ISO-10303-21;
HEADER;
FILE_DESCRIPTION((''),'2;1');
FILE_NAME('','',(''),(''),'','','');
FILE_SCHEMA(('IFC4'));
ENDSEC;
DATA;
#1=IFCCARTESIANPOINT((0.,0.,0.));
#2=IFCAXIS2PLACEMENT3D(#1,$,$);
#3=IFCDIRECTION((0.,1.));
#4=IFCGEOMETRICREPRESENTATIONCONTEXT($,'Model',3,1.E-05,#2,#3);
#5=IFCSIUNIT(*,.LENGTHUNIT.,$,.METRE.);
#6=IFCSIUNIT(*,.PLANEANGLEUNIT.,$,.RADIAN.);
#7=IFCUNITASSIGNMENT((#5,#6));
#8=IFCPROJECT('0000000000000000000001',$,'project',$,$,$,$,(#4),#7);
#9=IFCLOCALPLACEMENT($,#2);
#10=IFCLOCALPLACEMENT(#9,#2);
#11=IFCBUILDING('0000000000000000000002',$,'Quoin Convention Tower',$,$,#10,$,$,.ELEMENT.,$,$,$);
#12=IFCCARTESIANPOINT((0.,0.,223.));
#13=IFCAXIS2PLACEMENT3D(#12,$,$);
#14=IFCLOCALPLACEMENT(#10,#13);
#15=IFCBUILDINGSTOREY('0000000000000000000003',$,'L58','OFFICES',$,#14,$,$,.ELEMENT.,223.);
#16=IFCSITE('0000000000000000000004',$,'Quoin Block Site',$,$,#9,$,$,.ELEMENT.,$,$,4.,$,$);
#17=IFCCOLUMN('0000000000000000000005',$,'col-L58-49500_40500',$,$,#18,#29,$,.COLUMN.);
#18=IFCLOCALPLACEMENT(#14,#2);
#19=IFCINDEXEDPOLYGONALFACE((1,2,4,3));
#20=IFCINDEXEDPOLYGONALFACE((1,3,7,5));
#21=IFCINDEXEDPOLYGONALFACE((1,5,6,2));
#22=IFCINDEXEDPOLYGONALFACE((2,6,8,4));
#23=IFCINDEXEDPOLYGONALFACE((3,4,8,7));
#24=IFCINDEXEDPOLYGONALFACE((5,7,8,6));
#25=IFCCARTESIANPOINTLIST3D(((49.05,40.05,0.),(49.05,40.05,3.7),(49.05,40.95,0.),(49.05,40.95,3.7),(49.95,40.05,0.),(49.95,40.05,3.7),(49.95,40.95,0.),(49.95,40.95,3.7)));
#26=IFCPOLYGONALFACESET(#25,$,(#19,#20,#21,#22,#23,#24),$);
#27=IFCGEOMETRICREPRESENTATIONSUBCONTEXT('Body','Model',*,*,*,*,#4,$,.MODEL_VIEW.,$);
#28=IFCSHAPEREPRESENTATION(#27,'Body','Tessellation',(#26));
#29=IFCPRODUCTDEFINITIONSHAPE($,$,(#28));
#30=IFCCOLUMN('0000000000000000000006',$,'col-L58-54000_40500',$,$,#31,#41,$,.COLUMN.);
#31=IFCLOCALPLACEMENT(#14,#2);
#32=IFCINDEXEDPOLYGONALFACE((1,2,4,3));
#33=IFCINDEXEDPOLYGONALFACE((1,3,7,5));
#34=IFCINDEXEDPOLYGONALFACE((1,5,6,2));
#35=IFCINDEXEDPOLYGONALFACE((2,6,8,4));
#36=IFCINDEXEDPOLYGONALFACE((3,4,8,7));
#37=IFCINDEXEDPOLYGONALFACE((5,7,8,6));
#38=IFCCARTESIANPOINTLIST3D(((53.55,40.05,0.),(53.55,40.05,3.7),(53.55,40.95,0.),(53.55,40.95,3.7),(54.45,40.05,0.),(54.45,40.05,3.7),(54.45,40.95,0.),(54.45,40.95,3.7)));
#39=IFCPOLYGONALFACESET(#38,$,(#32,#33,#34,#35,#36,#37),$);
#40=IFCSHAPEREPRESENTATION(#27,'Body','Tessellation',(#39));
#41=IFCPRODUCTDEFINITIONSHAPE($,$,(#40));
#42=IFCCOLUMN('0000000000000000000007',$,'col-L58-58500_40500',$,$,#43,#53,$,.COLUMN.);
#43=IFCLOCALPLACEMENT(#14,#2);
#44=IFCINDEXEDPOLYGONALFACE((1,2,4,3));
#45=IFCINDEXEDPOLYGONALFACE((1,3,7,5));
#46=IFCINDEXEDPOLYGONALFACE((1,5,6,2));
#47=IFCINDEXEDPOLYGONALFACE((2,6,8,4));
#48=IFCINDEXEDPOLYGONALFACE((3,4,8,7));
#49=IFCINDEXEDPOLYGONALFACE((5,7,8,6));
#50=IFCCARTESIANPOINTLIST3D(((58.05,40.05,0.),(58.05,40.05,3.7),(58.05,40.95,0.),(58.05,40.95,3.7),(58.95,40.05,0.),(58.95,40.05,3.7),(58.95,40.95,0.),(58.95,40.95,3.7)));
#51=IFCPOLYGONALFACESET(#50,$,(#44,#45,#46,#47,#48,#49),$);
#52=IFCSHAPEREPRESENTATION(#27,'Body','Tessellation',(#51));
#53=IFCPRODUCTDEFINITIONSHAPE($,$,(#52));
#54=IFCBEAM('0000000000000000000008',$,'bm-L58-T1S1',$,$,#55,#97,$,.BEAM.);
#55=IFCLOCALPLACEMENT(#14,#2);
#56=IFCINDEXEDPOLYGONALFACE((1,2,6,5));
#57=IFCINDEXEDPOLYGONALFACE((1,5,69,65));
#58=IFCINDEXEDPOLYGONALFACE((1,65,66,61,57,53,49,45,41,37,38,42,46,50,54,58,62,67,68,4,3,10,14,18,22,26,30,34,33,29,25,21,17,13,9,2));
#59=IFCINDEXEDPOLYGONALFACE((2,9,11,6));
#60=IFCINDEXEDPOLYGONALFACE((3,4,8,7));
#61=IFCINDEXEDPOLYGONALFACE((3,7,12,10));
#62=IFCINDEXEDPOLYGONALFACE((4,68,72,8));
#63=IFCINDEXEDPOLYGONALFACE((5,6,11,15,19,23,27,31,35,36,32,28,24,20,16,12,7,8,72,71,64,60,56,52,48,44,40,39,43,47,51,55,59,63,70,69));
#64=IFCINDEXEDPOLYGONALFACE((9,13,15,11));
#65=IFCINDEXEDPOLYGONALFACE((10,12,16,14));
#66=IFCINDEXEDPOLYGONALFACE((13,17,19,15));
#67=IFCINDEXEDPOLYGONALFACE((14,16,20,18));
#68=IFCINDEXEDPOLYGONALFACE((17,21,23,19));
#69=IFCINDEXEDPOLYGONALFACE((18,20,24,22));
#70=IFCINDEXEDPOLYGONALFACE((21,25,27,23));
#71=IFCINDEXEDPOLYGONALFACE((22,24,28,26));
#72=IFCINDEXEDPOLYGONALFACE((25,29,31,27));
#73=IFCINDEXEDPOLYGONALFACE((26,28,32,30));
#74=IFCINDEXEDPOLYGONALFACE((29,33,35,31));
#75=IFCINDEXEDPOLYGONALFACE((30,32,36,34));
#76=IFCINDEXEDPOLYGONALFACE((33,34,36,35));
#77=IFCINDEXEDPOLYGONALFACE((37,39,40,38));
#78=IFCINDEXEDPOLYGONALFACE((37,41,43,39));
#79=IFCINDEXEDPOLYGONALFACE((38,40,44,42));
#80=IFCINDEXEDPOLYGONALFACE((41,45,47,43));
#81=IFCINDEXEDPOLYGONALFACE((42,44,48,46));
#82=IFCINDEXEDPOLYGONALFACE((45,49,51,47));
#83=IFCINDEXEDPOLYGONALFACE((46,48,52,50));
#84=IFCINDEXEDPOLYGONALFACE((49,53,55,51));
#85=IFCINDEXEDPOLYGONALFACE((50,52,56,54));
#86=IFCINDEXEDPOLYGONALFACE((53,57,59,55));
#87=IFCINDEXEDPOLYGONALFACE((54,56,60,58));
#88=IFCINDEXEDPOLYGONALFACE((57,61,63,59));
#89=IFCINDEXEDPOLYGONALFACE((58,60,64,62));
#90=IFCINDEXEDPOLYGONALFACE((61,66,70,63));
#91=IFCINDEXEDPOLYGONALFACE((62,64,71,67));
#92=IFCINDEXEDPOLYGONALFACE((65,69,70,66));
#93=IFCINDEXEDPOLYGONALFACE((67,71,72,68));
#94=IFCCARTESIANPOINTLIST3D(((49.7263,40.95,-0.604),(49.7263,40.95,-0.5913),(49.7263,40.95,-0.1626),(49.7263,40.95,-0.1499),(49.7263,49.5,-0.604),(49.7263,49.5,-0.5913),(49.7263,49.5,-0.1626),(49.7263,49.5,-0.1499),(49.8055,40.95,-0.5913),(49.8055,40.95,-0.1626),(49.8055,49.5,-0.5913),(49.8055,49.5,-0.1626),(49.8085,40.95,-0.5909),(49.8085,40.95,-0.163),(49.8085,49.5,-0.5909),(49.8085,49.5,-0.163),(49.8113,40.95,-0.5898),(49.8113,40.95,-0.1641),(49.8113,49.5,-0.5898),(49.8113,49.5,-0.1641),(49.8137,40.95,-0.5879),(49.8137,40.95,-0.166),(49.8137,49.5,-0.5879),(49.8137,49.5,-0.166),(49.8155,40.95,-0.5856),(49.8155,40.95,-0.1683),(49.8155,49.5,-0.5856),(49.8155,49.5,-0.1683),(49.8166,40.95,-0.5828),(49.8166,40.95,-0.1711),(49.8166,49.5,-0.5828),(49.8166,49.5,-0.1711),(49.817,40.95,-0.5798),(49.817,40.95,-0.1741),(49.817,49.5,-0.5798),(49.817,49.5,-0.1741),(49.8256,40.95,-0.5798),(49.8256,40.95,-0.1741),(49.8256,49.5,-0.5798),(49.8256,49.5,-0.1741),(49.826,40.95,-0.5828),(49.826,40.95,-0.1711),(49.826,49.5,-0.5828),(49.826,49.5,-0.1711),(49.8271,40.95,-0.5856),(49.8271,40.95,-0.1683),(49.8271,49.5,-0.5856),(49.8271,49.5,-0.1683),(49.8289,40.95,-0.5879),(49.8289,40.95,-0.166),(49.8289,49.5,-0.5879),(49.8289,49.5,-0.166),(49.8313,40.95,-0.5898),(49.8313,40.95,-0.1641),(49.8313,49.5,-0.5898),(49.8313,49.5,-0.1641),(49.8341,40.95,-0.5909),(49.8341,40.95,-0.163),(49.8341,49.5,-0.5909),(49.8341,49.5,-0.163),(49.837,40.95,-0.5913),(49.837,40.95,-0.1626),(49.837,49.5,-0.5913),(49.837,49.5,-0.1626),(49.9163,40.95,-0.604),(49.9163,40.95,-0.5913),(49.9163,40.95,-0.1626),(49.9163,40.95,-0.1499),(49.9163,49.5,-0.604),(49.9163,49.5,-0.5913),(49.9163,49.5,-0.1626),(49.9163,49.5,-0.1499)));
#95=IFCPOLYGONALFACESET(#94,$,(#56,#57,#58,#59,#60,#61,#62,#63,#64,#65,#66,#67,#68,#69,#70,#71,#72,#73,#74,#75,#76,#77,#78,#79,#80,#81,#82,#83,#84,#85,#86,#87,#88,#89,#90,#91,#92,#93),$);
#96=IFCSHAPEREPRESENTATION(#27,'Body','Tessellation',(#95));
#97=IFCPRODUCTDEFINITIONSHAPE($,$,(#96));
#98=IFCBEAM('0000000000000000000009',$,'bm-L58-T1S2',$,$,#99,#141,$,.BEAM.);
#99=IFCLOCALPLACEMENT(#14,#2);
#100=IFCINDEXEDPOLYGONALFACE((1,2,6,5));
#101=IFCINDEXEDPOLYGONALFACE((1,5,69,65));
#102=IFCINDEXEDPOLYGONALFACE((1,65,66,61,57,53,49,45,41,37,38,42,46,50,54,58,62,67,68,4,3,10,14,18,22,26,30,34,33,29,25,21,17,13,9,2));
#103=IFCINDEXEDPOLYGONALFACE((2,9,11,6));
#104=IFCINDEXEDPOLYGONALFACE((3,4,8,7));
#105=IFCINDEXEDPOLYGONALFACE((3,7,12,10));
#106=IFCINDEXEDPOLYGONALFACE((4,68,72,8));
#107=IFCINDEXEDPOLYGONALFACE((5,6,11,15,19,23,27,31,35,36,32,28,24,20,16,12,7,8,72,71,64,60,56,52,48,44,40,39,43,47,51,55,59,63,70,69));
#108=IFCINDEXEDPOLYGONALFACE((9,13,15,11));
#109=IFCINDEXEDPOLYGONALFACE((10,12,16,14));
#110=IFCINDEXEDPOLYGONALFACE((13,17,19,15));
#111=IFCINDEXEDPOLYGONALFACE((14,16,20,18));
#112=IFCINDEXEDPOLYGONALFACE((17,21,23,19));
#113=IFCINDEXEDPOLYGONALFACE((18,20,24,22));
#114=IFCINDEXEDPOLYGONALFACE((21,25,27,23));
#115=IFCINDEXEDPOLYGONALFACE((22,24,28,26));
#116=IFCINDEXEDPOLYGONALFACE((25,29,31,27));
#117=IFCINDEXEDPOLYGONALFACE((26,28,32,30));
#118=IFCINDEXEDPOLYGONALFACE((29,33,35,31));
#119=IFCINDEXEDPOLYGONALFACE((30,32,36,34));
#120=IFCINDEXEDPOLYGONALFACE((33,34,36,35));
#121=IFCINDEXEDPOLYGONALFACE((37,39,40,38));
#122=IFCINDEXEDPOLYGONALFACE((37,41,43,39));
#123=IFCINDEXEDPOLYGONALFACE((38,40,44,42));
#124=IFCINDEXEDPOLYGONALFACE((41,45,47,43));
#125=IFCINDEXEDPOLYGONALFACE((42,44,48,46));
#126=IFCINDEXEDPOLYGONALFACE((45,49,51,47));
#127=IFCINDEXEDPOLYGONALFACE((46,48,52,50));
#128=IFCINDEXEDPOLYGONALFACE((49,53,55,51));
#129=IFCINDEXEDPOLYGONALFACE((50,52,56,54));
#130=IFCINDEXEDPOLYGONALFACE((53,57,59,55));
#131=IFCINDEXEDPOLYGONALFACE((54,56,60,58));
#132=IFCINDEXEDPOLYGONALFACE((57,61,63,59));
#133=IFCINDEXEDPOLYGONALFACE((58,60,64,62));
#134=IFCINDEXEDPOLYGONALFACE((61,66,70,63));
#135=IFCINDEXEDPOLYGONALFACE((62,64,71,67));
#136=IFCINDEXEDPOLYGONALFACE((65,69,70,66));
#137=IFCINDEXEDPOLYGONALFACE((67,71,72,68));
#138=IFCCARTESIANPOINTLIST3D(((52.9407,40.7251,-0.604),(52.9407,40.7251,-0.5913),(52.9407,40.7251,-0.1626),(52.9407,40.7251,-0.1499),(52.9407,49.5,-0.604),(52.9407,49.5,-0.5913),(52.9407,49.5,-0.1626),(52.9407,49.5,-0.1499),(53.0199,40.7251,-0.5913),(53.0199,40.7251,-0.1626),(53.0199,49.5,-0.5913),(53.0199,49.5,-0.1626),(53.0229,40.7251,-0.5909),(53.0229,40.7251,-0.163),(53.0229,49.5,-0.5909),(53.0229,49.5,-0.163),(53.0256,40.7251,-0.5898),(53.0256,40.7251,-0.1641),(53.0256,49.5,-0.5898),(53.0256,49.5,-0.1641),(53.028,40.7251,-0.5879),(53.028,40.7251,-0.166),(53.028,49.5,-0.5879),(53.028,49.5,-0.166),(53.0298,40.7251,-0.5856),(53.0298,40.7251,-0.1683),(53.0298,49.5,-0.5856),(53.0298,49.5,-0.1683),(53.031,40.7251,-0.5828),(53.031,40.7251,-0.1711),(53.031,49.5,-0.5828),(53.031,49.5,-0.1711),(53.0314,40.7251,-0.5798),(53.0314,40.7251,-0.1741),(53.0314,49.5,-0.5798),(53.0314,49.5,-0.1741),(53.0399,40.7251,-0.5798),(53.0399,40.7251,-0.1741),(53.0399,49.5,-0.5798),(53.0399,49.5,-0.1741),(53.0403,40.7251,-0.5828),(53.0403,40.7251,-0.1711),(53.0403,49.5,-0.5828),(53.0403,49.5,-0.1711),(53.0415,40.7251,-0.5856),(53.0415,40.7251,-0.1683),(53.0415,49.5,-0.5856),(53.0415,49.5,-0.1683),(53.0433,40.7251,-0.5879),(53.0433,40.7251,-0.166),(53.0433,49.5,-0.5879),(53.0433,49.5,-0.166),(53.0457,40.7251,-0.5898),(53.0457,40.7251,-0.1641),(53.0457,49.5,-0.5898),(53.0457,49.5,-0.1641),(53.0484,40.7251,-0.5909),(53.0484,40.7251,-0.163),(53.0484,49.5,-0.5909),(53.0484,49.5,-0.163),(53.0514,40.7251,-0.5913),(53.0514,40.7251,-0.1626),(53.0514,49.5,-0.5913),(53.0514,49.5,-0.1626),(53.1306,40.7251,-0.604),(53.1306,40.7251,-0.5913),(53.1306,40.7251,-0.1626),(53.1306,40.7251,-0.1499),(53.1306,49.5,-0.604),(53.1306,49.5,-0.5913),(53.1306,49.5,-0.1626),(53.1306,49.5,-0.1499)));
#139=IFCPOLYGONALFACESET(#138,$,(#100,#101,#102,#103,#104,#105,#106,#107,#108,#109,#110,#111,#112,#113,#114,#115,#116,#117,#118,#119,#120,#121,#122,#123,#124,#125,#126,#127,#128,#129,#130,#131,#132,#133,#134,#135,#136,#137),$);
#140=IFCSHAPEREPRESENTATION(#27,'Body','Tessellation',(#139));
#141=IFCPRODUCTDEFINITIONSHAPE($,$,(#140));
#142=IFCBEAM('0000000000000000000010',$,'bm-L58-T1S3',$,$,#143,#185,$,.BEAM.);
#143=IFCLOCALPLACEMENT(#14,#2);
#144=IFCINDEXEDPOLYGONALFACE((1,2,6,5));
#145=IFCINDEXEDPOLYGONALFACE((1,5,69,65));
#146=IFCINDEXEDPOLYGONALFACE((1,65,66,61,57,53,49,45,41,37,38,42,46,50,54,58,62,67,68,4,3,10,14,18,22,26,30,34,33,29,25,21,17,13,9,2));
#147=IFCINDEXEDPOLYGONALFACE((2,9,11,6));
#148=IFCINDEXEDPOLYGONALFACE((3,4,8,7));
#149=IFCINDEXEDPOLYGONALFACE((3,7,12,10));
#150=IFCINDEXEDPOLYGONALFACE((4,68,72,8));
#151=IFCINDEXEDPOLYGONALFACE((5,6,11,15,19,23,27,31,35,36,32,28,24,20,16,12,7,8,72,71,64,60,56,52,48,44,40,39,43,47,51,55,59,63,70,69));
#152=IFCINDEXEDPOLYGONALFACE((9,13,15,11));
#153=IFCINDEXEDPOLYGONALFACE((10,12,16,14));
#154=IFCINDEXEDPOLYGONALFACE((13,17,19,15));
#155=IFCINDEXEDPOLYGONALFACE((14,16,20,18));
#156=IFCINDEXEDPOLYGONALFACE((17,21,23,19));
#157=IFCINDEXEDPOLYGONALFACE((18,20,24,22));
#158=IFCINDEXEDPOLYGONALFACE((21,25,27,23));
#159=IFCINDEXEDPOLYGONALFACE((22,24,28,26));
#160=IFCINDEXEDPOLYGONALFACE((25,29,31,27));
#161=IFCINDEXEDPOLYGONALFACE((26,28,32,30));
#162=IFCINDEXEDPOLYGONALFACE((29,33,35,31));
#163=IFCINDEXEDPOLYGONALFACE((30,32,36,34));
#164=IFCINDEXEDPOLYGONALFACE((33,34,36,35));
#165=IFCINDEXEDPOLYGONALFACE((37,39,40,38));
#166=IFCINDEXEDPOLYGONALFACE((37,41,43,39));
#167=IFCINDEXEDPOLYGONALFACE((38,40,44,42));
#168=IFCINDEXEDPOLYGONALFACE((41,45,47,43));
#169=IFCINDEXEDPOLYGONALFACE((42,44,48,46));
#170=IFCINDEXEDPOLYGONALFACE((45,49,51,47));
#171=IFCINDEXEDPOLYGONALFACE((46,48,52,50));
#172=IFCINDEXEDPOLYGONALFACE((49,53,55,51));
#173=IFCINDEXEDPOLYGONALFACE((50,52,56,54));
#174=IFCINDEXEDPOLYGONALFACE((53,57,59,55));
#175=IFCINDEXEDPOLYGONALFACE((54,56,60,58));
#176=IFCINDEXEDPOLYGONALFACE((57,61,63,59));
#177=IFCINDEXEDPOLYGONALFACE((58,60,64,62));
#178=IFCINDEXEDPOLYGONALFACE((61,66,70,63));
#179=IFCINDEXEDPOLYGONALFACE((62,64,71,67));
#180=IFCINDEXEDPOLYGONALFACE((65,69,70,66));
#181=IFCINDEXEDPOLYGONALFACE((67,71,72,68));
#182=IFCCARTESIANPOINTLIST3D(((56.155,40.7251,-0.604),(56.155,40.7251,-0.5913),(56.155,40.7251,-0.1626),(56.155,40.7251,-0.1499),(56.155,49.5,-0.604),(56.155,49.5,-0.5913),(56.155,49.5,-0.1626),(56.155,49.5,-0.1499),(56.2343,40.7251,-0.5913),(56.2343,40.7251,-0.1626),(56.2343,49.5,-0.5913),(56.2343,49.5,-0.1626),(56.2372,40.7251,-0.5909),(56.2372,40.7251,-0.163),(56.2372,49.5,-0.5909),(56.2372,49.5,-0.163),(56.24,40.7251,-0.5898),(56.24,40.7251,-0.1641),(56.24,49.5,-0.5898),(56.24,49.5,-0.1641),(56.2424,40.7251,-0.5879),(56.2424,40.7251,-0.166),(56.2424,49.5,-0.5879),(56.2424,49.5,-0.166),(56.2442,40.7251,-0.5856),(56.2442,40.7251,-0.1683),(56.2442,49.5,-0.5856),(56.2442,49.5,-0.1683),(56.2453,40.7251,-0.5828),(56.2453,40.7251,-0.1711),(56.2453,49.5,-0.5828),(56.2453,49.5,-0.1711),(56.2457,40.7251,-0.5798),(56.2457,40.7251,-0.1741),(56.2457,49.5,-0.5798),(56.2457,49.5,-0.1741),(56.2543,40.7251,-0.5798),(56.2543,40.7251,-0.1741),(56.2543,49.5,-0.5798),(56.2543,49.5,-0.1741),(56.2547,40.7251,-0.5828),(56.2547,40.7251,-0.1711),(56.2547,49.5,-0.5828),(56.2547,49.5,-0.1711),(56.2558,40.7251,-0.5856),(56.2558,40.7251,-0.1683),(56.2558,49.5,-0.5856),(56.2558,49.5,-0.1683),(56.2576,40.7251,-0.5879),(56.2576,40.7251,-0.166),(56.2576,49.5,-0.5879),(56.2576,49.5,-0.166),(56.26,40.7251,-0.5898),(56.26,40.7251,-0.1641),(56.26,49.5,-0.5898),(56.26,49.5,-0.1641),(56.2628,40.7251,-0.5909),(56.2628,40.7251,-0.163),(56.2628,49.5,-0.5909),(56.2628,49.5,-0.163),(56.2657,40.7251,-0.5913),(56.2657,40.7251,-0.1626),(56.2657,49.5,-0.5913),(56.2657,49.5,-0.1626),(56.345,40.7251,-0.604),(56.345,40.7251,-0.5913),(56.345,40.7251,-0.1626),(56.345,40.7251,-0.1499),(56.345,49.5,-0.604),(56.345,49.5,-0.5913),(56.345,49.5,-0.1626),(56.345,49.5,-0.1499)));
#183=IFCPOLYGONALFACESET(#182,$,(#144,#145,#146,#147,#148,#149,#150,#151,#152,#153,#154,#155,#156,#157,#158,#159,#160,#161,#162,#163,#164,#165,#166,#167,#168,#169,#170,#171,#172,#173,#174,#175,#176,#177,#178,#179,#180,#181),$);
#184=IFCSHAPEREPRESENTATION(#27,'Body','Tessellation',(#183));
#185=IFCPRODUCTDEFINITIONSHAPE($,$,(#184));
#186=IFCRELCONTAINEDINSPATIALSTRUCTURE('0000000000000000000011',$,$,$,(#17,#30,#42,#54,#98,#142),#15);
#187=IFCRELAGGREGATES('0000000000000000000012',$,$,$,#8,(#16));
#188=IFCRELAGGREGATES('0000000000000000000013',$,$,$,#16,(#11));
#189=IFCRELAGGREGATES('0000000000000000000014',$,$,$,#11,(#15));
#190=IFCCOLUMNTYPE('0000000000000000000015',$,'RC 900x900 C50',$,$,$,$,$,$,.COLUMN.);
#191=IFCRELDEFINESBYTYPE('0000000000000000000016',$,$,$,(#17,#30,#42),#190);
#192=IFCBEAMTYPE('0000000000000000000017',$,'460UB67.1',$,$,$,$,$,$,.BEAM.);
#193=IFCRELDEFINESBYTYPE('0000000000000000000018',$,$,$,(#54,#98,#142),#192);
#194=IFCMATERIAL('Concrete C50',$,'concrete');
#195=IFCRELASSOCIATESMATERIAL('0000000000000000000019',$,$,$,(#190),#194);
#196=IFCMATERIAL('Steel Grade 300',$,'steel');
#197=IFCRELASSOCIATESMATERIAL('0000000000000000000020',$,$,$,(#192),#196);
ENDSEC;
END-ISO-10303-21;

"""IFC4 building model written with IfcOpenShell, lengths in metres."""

from ifc_helpers import new_model, si_unit, direction, frame, origin, origin_2d, place, context, subcontext, project, spatial, rectangle, i_section, extrude, material, material_profile, profile_set, type_object, element, save


model = new_model("IFC4")

# Units and contexts
model_context = context("Model", 3, precision=1e-05, world=origin(), true_north=direction((0.0, 1.0)))
body_context = subcontext(model_context, "Body", "Model", "MODEL_VIEW")
ifc_project = project(units=[si_unit("LENGTHUNIT", "METRE"), si_unit("PLANEANGLEUNIT", "RADIAN")], contexts=[model_context])

# Site, building, storey
site_placement = place(None, origin())
site = spatial("IfcSite", under=ifc_project, at=site_placement, Name="Quoin Block Site", CompositionType="ELEMENT", RefElevation=4.0)
building_placement = place(site_placement, origin())
building = spatial("IfcBuilding", under=site, at=building_placement, Name="Quoin Convention Tower", CompositionType="ELEMENT")
storey_placement = place(building_placement, frame((0.0, 0.0, 223.0)))
storey = spatial("IfcBuildingStorey", under=building, at=storey_placement, Name="L58", Description="OFFICES", CompositionType="ELEMENT", Elevation=223.0)

# Columns
ifc_material_1 = material(Name="Concrete C50", Category="concrete")
ifc_material_profile_1 = material_profile(ifc_material_1, rectangle(XDim=0.8999, YDim=0.8999, at=origin_2d()), Name="RC 900x900")
ifc_profile_set_1 = profile_set([ifc_material_profile_1], Name="Concrete C50")
column_type = type_object("IfcColumnType", Name="RC 900x900 C50", PredefinedType="COLUMN", material=ifc_profile_set_1)
for number, where, z_axis, x_axis, name in (
    (1, (49.5, 40.5, 0.0), (0.0, 0.0, 1.0), (1.0, 0.0, 0.0), "col-L58-49500_40500"),
    (2, (54.0, 40.5, 0.0), (0.0, 0.0, 1.0), (1.0, 0.0, 0.0), "col-L58-54000_40500"),
    (3, (58.5, 40.5, 0.0), (0.0, 0.0, 1.0), (1.0, 0.0, 0.0), "col-L58-58500_40500"),
):
    element("IfcColumn", number, at=place(storey_placement, frame(where, z_axis=z_axis, x_axis=x_axis)), inside=storey, type_object=column_type, Name=name, PredefinedType="COLUMN", context=body_context, shape_type="SweptSolid", body=[
        extrude(rectangle(XDim=0.8999, YDim=0.8999, at=origin_2d()), origin(), (0.0, 0.0, 1.0), 3.7),
    ])

# Beams
ifc_material_2 = material(Name="Steel Grade 300", Category="steel")
ifc_material_profile_2 = material_profile(ifc_material_2, i_section(OverallWidth=0.1899, OverallDepth=0.4541, WebThickness=0.0085, FlangeThickness=0.0127, FilletRadius=0.0115, at=origin_2d()), Name="460UB67.1")
ifc_profile_set_2 = profile_set([ifc_material_profile_2], Name="Steel Grade 300")
beam_type_1 = type_object("IfcBeamType", Name="460UB67.1", PredefinedType="BEAM", material=ifc_profile_set_2)
beam_placement = place(storey_placement, frame((49.8213, 40.95, -0.377), z_axis=(0.0, 1.0, 0.0), x_axis=(-1.0, 0.0, 0.0)))
element("IfcBeam", 4, at=beam_placement, inside=storey, type_object=beam_type_1, Name="bm-L58-T1S1", PredefinedType="BEAM", context=body_context, shape_type="SweptSolid", body=[
    extrude(i_section(OverallWidth=0.1899, OverallDepth=0.4541, WebThickness=0.0085, FlangeThickness=0.0127, FilletRadius=0.0115, at=origin_2d()), origin(), (0.0, 0.0, 1.0), 8.55),
])
for number, where, z_axis, x_axis, name in (
    (5, (53.0356, 40.7251, -0.377), (0.0, 1.0, 0.0), (-1.0, 0.0, 0.0), "bm-L58-T1S2"),
    (6, (56.25, 40.7251, -0.377), (0.0, 1.0, 0.0), (-1.0, 0.0, 0.0), "bm-L58-T1S3"),
):
    element("IfcBeam", number, at=place(storey_placement, frame(where, z_axis=z_axis, x_axis=x_axis)), inside=storey, type_object=beam_type_1, Name=name, PredefinedType="BEAM", context=body_context, shape_type="SweptSolid", body=[
        extrude(i_section(OverallWidth=0.1899, OverallDepth=0.4541, WebThickness=0.0085, FlangeThickness=0.0127, FilletRadius=0.0115, at=origin_2d()), origin(), (0.0, 0.0, 1.0), 8.7749),
    ])

save(model, "model.ifc")
